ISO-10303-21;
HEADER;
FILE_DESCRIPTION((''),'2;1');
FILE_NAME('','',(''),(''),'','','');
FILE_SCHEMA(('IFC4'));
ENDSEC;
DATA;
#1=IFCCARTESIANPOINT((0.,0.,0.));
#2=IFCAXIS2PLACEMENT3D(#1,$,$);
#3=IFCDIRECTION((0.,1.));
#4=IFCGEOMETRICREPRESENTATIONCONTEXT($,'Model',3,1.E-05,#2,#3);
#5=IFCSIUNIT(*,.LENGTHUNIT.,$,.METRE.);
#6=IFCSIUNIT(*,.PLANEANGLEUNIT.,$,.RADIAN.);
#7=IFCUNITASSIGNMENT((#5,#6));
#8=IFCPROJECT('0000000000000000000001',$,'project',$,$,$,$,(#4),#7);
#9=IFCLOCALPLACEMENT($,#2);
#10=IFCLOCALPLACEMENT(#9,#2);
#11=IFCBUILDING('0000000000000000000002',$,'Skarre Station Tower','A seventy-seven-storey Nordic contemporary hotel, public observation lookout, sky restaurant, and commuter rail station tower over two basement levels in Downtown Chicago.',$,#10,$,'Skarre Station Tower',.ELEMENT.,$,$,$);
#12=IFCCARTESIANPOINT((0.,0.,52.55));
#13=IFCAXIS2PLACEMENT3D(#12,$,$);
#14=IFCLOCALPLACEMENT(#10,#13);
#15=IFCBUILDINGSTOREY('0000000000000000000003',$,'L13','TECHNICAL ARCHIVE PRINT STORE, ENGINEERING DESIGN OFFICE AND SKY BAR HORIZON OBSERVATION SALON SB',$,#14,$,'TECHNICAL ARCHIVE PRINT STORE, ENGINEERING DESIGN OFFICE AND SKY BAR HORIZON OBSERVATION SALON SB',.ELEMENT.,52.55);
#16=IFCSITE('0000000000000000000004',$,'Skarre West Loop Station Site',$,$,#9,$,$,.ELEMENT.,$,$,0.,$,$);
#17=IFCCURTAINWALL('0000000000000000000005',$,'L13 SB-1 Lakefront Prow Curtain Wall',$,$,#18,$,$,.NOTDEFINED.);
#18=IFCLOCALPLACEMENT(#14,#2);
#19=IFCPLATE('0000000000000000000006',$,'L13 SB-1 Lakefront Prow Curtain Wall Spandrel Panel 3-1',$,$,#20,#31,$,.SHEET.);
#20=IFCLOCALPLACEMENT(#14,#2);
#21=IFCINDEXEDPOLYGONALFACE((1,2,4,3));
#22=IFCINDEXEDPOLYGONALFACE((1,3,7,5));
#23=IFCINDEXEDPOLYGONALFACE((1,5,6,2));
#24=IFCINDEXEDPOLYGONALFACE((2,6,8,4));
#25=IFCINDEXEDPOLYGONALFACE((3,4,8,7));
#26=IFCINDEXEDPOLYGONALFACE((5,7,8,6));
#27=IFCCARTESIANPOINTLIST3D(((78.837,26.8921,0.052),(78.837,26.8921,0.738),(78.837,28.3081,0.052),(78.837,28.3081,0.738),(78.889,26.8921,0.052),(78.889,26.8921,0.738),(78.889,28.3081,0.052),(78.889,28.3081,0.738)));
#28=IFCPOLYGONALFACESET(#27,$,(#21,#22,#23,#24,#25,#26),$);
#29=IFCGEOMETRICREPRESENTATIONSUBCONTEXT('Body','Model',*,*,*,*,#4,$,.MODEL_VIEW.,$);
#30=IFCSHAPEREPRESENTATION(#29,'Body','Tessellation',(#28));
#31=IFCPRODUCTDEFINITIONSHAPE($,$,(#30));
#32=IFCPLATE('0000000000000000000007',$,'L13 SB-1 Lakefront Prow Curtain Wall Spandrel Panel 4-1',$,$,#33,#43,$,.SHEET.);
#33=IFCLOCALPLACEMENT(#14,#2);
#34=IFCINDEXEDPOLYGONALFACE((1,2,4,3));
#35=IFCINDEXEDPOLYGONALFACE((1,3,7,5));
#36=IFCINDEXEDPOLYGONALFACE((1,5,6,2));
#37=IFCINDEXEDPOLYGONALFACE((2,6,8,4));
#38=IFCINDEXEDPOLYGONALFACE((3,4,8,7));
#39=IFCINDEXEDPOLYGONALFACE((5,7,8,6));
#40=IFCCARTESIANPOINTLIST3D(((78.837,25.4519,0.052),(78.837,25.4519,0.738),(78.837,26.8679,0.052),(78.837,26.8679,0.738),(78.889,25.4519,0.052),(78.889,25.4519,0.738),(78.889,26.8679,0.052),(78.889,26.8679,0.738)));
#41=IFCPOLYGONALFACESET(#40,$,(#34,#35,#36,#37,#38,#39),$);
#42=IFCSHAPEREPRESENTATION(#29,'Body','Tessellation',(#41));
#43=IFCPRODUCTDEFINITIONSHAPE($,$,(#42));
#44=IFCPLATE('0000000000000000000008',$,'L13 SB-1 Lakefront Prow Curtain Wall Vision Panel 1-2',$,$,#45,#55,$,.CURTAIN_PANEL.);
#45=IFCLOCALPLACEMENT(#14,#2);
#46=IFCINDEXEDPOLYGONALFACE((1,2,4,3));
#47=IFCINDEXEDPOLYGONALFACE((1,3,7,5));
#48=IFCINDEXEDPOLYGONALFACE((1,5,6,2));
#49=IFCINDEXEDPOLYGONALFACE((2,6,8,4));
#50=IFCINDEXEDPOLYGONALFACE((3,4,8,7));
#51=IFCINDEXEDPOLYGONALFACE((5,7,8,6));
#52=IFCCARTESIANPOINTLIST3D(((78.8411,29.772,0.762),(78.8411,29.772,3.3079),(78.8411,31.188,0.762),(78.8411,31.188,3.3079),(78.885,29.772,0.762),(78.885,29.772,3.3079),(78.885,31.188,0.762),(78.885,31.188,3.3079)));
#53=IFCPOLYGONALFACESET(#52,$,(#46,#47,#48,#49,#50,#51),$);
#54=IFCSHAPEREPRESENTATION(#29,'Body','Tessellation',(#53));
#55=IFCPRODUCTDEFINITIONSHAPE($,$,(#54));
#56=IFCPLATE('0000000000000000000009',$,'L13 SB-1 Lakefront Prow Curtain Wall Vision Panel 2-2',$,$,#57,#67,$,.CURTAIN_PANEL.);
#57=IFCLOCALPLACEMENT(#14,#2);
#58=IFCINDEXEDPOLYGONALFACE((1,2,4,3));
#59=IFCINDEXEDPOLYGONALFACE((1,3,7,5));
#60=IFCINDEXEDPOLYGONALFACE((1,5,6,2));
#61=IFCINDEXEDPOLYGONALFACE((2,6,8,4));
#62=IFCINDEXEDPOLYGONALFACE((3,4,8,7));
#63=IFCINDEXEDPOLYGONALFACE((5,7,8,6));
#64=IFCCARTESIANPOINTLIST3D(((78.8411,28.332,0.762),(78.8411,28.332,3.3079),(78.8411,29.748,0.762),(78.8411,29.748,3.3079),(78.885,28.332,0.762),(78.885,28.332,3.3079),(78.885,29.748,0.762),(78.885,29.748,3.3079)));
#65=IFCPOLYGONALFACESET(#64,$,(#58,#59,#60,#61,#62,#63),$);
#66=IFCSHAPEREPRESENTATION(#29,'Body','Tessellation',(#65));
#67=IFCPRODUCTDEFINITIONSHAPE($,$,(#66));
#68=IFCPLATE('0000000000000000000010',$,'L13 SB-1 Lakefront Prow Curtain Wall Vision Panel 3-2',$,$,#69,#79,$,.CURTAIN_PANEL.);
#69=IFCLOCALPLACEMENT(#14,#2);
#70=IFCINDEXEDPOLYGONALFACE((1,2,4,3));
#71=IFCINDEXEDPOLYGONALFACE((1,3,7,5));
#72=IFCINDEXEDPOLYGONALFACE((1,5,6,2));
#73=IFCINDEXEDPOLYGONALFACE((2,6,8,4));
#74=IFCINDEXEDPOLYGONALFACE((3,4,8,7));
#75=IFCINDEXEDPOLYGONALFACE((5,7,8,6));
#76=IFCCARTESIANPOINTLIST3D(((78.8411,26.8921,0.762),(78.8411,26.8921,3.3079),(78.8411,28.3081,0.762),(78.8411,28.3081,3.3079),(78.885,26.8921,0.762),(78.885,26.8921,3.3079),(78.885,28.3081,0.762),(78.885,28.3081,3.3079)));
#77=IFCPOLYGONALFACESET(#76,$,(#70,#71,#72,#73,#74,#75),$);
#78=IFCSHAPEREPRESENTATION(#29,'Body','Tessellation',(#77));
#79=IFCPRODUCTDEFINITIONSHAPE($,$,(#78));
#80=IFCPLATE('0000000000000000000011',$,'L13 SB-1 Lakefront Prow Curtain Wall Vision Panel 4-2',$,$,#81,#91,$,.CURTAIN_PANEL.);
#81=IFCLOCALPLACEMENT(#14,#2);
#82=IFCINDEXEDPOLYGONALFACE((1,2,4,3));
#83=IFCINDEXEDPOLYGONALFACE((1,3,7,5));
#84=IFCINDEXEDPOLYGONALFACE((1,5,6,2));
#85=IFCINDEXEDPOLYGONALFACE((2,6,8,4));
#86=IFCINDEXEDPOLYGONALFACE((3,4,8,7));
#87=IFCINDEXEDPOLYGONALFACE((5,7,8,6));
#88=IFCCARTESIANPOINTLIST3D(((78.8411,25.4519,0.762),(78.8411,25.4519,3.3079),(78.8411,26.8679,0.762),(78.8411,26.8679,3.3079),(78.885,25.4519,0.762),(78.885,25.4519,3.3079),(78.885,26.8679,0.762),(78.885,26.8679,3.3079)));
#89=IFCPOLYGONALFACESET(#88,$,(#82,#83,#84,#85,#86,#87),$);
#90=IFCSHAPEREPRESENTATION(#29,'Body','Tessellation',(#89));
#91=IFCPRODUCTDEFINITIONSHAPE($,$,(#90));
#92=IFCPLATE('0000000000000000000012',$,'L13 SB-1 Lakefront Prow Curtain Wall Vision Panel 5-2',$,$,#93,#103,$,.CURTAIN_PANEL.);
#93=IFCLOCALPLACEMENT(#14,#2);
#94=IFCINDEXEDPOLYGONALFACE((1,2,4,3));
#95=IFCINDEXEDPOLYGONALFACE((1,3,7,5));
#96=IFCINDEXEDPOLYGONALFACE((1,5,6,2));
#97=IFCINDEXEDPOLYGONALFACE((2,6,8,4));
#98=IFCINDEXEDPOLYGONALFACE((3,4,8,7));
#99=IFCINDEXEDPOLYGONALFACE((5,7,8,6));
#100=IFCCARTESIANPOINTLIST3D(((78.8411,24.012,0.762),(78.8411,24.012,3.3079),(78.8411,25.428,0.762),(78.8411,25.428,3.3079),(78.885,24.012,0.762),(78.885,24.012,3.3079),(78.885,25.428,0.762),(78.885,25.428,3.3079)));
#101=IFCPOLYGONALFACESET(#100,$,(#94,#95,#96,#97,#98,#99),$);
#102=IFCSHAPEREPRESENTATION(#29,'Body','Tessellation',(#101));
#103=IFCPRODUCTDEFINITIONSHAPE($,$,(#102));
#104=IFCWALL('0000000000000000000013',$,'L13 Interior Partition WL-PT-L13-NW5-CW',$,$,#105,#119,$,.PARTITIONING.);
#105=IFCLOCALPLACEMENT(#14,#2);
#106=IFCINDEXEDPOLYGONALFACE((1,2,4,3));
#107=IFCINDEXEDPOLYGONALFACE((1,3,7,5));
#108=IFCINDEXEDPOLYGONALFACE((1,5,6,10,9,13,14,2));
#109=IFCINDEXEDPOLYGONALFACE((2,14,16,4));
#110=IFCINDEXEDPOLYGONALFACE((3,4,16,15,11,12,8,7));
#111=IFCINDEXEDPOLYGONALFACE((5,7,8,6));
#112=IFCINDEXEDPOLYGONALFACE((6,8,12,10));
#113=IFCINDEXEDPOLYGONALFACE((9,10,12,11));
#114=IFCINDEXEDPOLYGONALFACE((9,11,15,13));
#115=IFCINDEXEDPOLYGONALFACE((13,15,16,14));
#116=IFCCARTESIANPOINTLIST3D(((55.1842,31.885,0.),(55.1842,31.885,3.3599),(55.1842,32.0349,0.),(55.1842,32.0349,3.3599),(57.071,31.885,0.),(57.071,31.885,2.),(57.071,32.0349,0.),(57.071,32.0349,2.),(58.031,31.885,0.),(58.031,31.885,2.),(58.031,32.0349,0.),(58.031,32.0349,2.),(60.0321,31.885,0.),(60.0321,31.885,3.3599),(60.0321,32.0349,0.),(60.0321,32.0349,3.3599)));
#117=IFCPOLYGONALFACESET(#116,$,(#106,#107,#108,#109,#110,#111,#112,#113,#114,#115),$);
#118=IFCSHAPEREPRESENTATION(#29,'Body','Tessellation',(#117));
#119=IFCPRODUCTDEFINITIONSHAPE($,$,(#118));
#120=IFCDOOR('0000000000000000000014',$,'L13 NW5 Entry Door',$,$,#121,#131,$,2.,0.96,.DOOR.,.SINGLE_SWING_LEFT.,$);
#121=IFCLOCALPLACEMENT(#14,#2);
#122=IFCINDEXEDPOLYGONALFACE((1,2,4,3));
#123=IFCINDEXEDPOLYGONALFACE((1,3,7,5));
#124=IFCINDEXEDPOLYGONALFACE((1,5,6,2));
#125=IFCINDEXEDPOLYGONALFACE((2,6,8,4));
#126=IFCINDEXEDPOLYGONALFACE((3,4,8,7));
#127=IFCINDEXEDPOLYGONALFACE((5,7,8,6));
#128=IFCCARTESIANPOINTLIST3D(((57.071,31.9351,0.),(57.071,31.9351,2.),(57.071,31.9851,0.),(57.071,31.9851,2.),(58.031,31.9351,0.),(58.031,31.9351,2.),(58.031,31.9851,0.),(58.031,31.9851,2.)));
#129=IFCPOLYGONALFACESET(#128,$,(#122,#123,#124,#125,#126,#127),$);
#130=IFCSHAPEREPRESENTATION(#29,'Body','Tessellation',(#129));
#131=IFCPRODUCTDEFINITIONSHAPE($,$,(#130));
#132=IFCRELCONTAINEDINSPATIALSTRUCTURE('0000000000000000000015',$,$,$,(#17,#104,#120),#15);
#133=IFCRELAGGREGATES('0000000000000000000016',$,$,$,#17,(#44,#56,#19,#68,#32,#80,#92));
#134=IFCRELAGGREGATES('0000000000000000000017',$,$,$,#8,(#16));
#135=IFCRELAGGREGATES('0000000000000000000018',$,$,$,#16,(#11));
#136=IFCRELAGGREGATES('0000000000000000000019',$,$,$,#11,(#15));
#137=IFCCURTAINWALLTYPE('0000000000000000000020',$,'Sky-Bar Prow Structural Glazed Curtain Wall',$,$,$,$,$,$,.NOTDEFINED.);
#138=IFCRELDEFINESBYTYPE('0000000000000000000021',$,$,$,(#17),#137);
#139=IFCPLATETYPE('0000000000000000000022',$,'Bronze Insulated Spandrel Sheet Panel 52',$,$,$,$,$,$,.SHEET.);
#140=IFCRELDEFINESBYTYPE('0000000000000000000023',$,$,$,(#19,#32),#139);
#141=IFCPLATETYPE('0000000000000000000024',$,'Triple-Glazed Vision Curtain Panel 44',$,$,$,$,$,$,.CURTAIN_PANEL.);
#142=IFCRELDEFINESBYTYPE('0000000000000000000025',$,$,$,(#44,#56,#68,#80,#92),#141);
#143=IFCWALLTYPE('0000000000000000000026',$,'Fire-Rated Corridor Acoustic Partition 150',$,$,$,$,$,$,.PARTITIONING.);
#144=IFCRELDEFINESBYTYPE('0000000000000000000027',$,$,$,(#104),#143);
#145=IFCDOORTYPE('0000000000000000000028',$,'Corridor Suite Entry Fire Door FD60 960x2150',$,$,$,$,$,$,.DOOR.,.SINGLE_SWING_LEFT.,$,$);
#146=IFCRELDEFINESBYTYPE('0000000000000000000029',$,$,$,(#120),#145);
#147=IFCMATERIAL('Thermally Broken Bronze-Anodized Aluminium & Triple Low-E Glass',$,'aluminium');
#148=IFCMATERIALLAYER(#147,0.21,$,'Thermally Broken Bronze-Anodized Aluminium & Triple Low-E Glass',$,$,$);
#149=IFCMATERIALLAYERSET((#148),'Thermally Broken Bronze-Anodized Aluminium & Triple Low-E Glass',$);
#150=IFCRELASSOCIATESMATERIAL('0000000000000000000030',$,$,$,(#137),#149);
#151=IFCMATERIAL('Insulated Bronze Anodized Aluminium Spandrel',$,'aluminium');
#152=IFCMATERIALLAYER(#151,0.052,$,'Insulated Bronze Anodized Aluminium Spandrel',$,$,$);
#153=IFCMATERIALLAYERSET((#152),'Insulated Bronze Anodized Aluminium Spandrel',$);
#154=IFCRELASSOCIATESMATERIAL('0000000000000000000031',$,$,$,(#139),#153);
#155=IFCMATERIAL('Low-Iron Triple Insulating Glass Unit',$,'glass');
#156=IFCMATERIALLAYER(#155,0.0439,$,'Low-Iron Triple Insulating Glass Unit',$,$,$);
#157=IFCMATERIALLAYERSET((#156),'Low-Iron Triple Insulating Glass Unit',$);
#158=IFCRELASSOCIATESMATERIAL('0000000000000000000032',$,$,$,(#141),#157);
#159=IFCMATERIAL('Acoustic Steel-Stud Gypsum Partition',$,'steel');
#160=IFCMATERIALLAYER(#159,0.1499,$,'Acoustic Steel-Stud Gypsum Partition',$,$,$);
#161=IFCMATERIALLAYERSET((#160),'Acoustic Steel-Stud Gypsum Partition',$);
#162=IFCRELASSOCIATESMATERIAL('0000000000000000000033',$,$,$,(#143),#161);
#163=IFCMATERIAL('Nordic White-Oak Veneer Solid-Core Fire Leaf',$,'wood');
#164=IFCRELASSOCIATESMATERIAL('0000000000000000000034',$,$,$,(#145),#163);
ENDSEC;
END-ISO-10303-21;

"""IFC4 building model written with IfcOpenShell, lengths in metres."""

from ifc_helpers import new_model, si_unit, direction, frame, frame_2d, origin, origin_2d, place, context, subcontext, project, spatial, rectangle, extrude, material, layer, layer_set, type_object, element, fill, aggregate, save


model = new_model("IFC4")

# Units and contexts
model_context = context("Model", 3, precision=1e-05, world=origin(), true_north=direction((0.0, 1.0)))
body_context = subcontext(model_context, "Body", "Model", "MODEL_VIEW")
ifc_project = project(units=[si_unit("LENGTHUNIT", "METRE"), si_unit("PLANEANGLEUNIT", "RADIAN")], contexts=[model_context])

# Site, building, storey
site_placement = place(None, origin())
site = spatial("IfcSite", under=ifc_project, at=site_placement, Name="Skarre West Loop Station Site", CompositionType="ELEMENT", RefElevation=0.0)
building_placement = place(site_placement, origin())
building = spatial("IfcBuilding", under=site, at=building_placement, Name="Skarre Station Tower", Description="A seventy-seven-storey Nordic contemporary hotel, public observation lookout, sky restaurant, and commuter rail station tower over two basement levels in Downtown Chicago.", LongName="Skarre Station Tower", CompositionType="ELEMENT")
storey_placement = place(building_placement, frame((0.0, 0.0, 52.55)))
storey = spatial("IfcBuildingStorey", under=building, at=storey_placement, Name="L13", Description="TECHNICAL ARCHIVE PRINT STORE, ENGINEERING DESIGN OFFICE AND SKY BAR HORIZON OBSERVATION SALON SB", LongName="TECHNICAL ARCHIVE PRINT STORE, ENGINEERING DESIGN OFFICE AND SKY BAR HORIZON OBSERVATION SALON SB", CompositionType="ELEMENT", Elevation=52.55)

# Curtain wall
ifc_material_1 = material(Name="Thermally Broken Bronze-Anodized Aluminium & Triple Low-E Glass", Category="aluminium")
ifc_layer_1 = layer(ifc_material_1, 0.21, Name="Thermally Broken Bronze-Anodized Aluminium & Triple Low-E Glass")
ifc_layer_set_1 = layer_set([ifc_layer_1], Name="Thermally Broken Bronze-Anodized Aluminium & Triple Low-E Glass")
curtain_wall_type = type_object("IfcCurtainWallType", Name="Sky-Bar Prow Structural Glazed Curtain Wall", PredefinedType="NOTDEFINED", material=ifc_layer_set_1)
curtain_wall_placement = place(storey_placement, origin())
curtain_wall = element("IfcCurtainWall", 1, at=curtain_wall_placement, inside=storey, type_object=curtain_wall_type, Name="L13 SB-1 Lakefront Prow Curtain Wall", PredefinedType="NOTDEFINED")

# Plates
ifc_material_2 = material(Name="Insulated Bronze Anodized Aluminium Spandrel", Category="aluminium")
ifc_layer_2 = layer(ifc_material_2, 0.052, Name="Insulated Bronze Anodized Aluminium Spandrel")
ifc_layer_set_2 = layer_set([ifc_layer_2], Name="Insulated Bronze Anodized Aluminium Spandrel")
plate_type_1 = type_object("IfcPlateType", Name="Bronze Insulated Spandrel Sheet Panel 52", PredefinedType="SHEET", material=ifc_layer_set_2)
plate_1_placement = place(storey_placement, frame((78.863, 27.6001, 0.052), z_axis=(0.0, 0.0, 1.0), x_axis=(0.0, -1.0, 0.0)))
plate_1 = element("IfcPlate", 2, at=plate_1_placement, type_object=plate_type_1, Name="L13 SB-1 Lakefront Prow Curtain Wall Spandrel Panel 3-1", PredefinedType="SHEET", context=body_context, shape_type="SweptSolid", body=[
    extrude(rectangle(XDim=1.416, YDim=0.052, at=origin_2d()), origin(), (0.0, 0.0, 1.0), 0.686),
])
plate_2_placement = place(storey_placement, frame((78.863, 26.1599, 0.052), z_axis=(0.0, 0.0, 1.0), x_axis=(0.0, -1.0, 0.0)))
plate_2 = element("IfcPlate", 3, at=plate_2_placement, type_object=plate_type_1, Name="L13 SB-1 Lakefront Prow Curtain Wall Spandrel Panel 4-1", PredefinedType="SHEET", context=body_context, shape_type="SweptSolid", body=[
    extrude(rectangle(XDim=1.416, YDim=0.052, at=origin_2d()), origin(), (0.0, 0.0, 1.0), 0.686),
])
ifc_material_3 = material(Name="Low-Iron Triple Insulating Glass Unit", Category="glass")
ifc_layer_3 = layer(ifc_material_3, 0.0439, Name="Low-Iron Triple Insulating Glass Unit")
ifc_layer_set_3 = layer_set([ifc_layer_3], Name="Low-Iron Triple Insulating Glass Unit")
plate_type_2 = type_object("IfcPlateType", Name="Triple-Glazed Vision Curtain Panel 44", PredefinedType="CURTAIN_PANEL", material=ifc_layer_set_3)
plate_3_placement = place(storey_placement, frame((78.863, 30.48, 0.762), z_axis=(0.0, 0.0, 1.0), x_axis=(0.0, -1.0, 0.0)))
plate_3 = element("IfcPlate", 4, at=plate_3_placement, type_object=plate_type_2, Name="L13 SB-1 Lakefront Prow Curtain Wall Vision Panel 1-2", PredefinedType="CURTAIN_PANEL", context=body_context, shape_type="SweptSolid", body=[
    extrude(rectangle(XDim=1.416, YDim=0.0439, at=origin_2d()), origin(), (0.0, 0.0, 1.0), 2.5459),
])
plate_4_placement = place(storey_placement, frame((78.863, 29.04, 0.762), z_axis=(0.0, 0.0, 1.0), x_axis=(0.0, -1.0, 0.0)))
plate_4 = element("IfcPlate", 5, at=plate_4_placement, type_object=plate_type_2, Name="L13 SB-1 Lakefront Prow Curtain Wall Vision Panel 2-2", PredefinedType="CURTAIN_PANEL", context=body_context, shape_type="SweptSolid", body=[
    extrude(rectangle(XDim=1.416, YDim=0.0439, at=origin_2d()), origin(), (0.0, 0.0, 1.0), 2.5459),
])
plate_5_placement = place(storey_placement, frame((78.863, 27.6001, 0.762), z_axis=(0.0, 0.0, 1.0), x_axis=(0.0, -1.0, 0.0)))
plate_5 = element("IfcPlate", 6, at=plate_5_placement, type_object=plate_type_2, Name="L13 SB-1 Lakefront Prow Curtain Wall Vision Panel 3-2", PredefinedType="CURTAIN_PANEL", context=body_context, shape_type="SweptSolid", body=[
    extrude(rectangle(XDim=1.416, YDim=0.0439, at=origin_2d()), origin(), (0.0, 0.0, 1.0), 2.5459),
])
plate_6_placement = place(storey_placement, frame((78.863, 26.1599, 0.762), z_axis=(0.0, 0.0, 1.0), x_axis=(0.0, -1.0, 0.0)))
plate_6 = element("IfcPlate", 7, at=plate_6_placement, type_object=plate_type_2, Name="L13 SB-1 Lakefront Prow Curtain Wall Vision Panel 4-2", PredefinedType="CURTAIN_PANEL", context=body_context, shape_type="SweptSolid", body=[
    extrude(rectangle(XDim=1.416, YDim=0.0439, at=origin_2d()), origin(), (0.0, 0.0, 1.0), 2.5459),
])
plate_7_placement = place(storey_placement, frame((78.863, 24.72, 0.762), z_axis=(0.0, 0.0, 1.0), x_axis=(0.0, -1.0, 0.0)))
plate_7 = element("IfcPlate", 8, at=plate_7_placement, type_object=plate_type_2, Name="L13 SB-1 Lakefront Prow Curtain Wall Vision Panel 5-2", PredefinedType="CURTAIN_PANEL", context=body_context, shape_type="SweptSolid", body=[
    extrude(rectangle(XDim=1.416, YDim=0.0439, at=origin_2d()), origin(), (0.0, 0.0, 1.0), 2.5459),
])
aggregate(curtain_wall, [plate_3, plate_4, plate_1, plate_5, plate_2, plate_6, plate_7])

# Wall, opening, door
ifc_material_4 = material(Name="Acoustic Steel-Stud Gypsum Partition", Category="steel")
ifc_layer_4 = layer(ifc_material_4, 0.1499, Name="Acoustic Steel-Stud Gypsum Partition")
ifc_layer_set_4 = layer_set([ifc_layer_4], Name="Acoustic Steel-Stud Gypsum Partition")
wall_type_1 = type_object("IfcWallType", Name="Fire-Rated Corridor Acoustic Partition 150", PredefinedType="PARTITIONING", material=ifc_layer_set_4)
wall_1_placement = place(storey_placement, frame((60.032, 31.96, 0.0), z_axis=(0.0, 0.0, 1.0), x_axis=(-1.0, 0.0, 0.0)))
wall_1 = element("IfcWall", 9, at=wall_1_placement, inside=storey, type_object=wall_type_1, Name="L13 Interior Partition WL-PT-L13-NW5-CW", PredefinedType="PARTITIONING", context=body_context, shape_type="SweptSolid", body=[
    extrude(rectangle(XDim=4.8479, YDim=0.1499, at=frame_2d((2.4238, 0.0))), origin(), (0.0, 0.0, 1.0), 3.3599),
])
opening_1_placement = place(wall_1_placement, frame((2.001, 0.0, 0.0)))
opening_1 = element("IfcOpeningElement", 10, at=opening_1_placement, cuts=wall_1, PredefinedType="OPENING", context=body_context, shape_type="SweptSolid", body=[
    extrude(rectangle(XDim=0.96, YDim=2.0, at=frame_2d((0.48, 1.0))), frame((0.0, 0.085, 0.0), z_axis=(0.0, -1.0, 0.0), x_axis=(1.0, 0.0, 0.0)), (0.0, 0.0, 1.0), 0.1699),
])
ifc_material_5 = material(Name="Nordic White-Oak Veneer Solid-Core Fire Leaf", Category="wood")
door_type = type_object("IfcDoorType", Name="Corridor Suite Entry Fire Door FD60 960x2150", OperationType="SINGLE_SWING_LEFT", PredefinedType="DOOR", material=ifc_material_5)
door_placement = place(opening_1_placement, origin())
door = element("IfcDoor", 11, at=door_placement, inside=storey, type_object=door_type, Name="L13 NW5 Entry Door", OperationType="SINGLE_SWING_LEFT", OverallHeight=2.0, OverallWidth=0.96, PredefinedType="DOOR", context=body_context, shape_type="SweptSolid", body=[
    extrude(rectangle(XDim=0.96, YDim=2.0, at=frame_2d((0.48, 1.0))), frame((0.0, 0.0249, 0.0), z_axis=(0.0, -1.0, 0.0), x_axis=(1.0, 0.0, 0.0)), (0.0, 0.0, 1.0), 0.05),
])
fill(opening_1, door)

save(model, "model.ifc")
